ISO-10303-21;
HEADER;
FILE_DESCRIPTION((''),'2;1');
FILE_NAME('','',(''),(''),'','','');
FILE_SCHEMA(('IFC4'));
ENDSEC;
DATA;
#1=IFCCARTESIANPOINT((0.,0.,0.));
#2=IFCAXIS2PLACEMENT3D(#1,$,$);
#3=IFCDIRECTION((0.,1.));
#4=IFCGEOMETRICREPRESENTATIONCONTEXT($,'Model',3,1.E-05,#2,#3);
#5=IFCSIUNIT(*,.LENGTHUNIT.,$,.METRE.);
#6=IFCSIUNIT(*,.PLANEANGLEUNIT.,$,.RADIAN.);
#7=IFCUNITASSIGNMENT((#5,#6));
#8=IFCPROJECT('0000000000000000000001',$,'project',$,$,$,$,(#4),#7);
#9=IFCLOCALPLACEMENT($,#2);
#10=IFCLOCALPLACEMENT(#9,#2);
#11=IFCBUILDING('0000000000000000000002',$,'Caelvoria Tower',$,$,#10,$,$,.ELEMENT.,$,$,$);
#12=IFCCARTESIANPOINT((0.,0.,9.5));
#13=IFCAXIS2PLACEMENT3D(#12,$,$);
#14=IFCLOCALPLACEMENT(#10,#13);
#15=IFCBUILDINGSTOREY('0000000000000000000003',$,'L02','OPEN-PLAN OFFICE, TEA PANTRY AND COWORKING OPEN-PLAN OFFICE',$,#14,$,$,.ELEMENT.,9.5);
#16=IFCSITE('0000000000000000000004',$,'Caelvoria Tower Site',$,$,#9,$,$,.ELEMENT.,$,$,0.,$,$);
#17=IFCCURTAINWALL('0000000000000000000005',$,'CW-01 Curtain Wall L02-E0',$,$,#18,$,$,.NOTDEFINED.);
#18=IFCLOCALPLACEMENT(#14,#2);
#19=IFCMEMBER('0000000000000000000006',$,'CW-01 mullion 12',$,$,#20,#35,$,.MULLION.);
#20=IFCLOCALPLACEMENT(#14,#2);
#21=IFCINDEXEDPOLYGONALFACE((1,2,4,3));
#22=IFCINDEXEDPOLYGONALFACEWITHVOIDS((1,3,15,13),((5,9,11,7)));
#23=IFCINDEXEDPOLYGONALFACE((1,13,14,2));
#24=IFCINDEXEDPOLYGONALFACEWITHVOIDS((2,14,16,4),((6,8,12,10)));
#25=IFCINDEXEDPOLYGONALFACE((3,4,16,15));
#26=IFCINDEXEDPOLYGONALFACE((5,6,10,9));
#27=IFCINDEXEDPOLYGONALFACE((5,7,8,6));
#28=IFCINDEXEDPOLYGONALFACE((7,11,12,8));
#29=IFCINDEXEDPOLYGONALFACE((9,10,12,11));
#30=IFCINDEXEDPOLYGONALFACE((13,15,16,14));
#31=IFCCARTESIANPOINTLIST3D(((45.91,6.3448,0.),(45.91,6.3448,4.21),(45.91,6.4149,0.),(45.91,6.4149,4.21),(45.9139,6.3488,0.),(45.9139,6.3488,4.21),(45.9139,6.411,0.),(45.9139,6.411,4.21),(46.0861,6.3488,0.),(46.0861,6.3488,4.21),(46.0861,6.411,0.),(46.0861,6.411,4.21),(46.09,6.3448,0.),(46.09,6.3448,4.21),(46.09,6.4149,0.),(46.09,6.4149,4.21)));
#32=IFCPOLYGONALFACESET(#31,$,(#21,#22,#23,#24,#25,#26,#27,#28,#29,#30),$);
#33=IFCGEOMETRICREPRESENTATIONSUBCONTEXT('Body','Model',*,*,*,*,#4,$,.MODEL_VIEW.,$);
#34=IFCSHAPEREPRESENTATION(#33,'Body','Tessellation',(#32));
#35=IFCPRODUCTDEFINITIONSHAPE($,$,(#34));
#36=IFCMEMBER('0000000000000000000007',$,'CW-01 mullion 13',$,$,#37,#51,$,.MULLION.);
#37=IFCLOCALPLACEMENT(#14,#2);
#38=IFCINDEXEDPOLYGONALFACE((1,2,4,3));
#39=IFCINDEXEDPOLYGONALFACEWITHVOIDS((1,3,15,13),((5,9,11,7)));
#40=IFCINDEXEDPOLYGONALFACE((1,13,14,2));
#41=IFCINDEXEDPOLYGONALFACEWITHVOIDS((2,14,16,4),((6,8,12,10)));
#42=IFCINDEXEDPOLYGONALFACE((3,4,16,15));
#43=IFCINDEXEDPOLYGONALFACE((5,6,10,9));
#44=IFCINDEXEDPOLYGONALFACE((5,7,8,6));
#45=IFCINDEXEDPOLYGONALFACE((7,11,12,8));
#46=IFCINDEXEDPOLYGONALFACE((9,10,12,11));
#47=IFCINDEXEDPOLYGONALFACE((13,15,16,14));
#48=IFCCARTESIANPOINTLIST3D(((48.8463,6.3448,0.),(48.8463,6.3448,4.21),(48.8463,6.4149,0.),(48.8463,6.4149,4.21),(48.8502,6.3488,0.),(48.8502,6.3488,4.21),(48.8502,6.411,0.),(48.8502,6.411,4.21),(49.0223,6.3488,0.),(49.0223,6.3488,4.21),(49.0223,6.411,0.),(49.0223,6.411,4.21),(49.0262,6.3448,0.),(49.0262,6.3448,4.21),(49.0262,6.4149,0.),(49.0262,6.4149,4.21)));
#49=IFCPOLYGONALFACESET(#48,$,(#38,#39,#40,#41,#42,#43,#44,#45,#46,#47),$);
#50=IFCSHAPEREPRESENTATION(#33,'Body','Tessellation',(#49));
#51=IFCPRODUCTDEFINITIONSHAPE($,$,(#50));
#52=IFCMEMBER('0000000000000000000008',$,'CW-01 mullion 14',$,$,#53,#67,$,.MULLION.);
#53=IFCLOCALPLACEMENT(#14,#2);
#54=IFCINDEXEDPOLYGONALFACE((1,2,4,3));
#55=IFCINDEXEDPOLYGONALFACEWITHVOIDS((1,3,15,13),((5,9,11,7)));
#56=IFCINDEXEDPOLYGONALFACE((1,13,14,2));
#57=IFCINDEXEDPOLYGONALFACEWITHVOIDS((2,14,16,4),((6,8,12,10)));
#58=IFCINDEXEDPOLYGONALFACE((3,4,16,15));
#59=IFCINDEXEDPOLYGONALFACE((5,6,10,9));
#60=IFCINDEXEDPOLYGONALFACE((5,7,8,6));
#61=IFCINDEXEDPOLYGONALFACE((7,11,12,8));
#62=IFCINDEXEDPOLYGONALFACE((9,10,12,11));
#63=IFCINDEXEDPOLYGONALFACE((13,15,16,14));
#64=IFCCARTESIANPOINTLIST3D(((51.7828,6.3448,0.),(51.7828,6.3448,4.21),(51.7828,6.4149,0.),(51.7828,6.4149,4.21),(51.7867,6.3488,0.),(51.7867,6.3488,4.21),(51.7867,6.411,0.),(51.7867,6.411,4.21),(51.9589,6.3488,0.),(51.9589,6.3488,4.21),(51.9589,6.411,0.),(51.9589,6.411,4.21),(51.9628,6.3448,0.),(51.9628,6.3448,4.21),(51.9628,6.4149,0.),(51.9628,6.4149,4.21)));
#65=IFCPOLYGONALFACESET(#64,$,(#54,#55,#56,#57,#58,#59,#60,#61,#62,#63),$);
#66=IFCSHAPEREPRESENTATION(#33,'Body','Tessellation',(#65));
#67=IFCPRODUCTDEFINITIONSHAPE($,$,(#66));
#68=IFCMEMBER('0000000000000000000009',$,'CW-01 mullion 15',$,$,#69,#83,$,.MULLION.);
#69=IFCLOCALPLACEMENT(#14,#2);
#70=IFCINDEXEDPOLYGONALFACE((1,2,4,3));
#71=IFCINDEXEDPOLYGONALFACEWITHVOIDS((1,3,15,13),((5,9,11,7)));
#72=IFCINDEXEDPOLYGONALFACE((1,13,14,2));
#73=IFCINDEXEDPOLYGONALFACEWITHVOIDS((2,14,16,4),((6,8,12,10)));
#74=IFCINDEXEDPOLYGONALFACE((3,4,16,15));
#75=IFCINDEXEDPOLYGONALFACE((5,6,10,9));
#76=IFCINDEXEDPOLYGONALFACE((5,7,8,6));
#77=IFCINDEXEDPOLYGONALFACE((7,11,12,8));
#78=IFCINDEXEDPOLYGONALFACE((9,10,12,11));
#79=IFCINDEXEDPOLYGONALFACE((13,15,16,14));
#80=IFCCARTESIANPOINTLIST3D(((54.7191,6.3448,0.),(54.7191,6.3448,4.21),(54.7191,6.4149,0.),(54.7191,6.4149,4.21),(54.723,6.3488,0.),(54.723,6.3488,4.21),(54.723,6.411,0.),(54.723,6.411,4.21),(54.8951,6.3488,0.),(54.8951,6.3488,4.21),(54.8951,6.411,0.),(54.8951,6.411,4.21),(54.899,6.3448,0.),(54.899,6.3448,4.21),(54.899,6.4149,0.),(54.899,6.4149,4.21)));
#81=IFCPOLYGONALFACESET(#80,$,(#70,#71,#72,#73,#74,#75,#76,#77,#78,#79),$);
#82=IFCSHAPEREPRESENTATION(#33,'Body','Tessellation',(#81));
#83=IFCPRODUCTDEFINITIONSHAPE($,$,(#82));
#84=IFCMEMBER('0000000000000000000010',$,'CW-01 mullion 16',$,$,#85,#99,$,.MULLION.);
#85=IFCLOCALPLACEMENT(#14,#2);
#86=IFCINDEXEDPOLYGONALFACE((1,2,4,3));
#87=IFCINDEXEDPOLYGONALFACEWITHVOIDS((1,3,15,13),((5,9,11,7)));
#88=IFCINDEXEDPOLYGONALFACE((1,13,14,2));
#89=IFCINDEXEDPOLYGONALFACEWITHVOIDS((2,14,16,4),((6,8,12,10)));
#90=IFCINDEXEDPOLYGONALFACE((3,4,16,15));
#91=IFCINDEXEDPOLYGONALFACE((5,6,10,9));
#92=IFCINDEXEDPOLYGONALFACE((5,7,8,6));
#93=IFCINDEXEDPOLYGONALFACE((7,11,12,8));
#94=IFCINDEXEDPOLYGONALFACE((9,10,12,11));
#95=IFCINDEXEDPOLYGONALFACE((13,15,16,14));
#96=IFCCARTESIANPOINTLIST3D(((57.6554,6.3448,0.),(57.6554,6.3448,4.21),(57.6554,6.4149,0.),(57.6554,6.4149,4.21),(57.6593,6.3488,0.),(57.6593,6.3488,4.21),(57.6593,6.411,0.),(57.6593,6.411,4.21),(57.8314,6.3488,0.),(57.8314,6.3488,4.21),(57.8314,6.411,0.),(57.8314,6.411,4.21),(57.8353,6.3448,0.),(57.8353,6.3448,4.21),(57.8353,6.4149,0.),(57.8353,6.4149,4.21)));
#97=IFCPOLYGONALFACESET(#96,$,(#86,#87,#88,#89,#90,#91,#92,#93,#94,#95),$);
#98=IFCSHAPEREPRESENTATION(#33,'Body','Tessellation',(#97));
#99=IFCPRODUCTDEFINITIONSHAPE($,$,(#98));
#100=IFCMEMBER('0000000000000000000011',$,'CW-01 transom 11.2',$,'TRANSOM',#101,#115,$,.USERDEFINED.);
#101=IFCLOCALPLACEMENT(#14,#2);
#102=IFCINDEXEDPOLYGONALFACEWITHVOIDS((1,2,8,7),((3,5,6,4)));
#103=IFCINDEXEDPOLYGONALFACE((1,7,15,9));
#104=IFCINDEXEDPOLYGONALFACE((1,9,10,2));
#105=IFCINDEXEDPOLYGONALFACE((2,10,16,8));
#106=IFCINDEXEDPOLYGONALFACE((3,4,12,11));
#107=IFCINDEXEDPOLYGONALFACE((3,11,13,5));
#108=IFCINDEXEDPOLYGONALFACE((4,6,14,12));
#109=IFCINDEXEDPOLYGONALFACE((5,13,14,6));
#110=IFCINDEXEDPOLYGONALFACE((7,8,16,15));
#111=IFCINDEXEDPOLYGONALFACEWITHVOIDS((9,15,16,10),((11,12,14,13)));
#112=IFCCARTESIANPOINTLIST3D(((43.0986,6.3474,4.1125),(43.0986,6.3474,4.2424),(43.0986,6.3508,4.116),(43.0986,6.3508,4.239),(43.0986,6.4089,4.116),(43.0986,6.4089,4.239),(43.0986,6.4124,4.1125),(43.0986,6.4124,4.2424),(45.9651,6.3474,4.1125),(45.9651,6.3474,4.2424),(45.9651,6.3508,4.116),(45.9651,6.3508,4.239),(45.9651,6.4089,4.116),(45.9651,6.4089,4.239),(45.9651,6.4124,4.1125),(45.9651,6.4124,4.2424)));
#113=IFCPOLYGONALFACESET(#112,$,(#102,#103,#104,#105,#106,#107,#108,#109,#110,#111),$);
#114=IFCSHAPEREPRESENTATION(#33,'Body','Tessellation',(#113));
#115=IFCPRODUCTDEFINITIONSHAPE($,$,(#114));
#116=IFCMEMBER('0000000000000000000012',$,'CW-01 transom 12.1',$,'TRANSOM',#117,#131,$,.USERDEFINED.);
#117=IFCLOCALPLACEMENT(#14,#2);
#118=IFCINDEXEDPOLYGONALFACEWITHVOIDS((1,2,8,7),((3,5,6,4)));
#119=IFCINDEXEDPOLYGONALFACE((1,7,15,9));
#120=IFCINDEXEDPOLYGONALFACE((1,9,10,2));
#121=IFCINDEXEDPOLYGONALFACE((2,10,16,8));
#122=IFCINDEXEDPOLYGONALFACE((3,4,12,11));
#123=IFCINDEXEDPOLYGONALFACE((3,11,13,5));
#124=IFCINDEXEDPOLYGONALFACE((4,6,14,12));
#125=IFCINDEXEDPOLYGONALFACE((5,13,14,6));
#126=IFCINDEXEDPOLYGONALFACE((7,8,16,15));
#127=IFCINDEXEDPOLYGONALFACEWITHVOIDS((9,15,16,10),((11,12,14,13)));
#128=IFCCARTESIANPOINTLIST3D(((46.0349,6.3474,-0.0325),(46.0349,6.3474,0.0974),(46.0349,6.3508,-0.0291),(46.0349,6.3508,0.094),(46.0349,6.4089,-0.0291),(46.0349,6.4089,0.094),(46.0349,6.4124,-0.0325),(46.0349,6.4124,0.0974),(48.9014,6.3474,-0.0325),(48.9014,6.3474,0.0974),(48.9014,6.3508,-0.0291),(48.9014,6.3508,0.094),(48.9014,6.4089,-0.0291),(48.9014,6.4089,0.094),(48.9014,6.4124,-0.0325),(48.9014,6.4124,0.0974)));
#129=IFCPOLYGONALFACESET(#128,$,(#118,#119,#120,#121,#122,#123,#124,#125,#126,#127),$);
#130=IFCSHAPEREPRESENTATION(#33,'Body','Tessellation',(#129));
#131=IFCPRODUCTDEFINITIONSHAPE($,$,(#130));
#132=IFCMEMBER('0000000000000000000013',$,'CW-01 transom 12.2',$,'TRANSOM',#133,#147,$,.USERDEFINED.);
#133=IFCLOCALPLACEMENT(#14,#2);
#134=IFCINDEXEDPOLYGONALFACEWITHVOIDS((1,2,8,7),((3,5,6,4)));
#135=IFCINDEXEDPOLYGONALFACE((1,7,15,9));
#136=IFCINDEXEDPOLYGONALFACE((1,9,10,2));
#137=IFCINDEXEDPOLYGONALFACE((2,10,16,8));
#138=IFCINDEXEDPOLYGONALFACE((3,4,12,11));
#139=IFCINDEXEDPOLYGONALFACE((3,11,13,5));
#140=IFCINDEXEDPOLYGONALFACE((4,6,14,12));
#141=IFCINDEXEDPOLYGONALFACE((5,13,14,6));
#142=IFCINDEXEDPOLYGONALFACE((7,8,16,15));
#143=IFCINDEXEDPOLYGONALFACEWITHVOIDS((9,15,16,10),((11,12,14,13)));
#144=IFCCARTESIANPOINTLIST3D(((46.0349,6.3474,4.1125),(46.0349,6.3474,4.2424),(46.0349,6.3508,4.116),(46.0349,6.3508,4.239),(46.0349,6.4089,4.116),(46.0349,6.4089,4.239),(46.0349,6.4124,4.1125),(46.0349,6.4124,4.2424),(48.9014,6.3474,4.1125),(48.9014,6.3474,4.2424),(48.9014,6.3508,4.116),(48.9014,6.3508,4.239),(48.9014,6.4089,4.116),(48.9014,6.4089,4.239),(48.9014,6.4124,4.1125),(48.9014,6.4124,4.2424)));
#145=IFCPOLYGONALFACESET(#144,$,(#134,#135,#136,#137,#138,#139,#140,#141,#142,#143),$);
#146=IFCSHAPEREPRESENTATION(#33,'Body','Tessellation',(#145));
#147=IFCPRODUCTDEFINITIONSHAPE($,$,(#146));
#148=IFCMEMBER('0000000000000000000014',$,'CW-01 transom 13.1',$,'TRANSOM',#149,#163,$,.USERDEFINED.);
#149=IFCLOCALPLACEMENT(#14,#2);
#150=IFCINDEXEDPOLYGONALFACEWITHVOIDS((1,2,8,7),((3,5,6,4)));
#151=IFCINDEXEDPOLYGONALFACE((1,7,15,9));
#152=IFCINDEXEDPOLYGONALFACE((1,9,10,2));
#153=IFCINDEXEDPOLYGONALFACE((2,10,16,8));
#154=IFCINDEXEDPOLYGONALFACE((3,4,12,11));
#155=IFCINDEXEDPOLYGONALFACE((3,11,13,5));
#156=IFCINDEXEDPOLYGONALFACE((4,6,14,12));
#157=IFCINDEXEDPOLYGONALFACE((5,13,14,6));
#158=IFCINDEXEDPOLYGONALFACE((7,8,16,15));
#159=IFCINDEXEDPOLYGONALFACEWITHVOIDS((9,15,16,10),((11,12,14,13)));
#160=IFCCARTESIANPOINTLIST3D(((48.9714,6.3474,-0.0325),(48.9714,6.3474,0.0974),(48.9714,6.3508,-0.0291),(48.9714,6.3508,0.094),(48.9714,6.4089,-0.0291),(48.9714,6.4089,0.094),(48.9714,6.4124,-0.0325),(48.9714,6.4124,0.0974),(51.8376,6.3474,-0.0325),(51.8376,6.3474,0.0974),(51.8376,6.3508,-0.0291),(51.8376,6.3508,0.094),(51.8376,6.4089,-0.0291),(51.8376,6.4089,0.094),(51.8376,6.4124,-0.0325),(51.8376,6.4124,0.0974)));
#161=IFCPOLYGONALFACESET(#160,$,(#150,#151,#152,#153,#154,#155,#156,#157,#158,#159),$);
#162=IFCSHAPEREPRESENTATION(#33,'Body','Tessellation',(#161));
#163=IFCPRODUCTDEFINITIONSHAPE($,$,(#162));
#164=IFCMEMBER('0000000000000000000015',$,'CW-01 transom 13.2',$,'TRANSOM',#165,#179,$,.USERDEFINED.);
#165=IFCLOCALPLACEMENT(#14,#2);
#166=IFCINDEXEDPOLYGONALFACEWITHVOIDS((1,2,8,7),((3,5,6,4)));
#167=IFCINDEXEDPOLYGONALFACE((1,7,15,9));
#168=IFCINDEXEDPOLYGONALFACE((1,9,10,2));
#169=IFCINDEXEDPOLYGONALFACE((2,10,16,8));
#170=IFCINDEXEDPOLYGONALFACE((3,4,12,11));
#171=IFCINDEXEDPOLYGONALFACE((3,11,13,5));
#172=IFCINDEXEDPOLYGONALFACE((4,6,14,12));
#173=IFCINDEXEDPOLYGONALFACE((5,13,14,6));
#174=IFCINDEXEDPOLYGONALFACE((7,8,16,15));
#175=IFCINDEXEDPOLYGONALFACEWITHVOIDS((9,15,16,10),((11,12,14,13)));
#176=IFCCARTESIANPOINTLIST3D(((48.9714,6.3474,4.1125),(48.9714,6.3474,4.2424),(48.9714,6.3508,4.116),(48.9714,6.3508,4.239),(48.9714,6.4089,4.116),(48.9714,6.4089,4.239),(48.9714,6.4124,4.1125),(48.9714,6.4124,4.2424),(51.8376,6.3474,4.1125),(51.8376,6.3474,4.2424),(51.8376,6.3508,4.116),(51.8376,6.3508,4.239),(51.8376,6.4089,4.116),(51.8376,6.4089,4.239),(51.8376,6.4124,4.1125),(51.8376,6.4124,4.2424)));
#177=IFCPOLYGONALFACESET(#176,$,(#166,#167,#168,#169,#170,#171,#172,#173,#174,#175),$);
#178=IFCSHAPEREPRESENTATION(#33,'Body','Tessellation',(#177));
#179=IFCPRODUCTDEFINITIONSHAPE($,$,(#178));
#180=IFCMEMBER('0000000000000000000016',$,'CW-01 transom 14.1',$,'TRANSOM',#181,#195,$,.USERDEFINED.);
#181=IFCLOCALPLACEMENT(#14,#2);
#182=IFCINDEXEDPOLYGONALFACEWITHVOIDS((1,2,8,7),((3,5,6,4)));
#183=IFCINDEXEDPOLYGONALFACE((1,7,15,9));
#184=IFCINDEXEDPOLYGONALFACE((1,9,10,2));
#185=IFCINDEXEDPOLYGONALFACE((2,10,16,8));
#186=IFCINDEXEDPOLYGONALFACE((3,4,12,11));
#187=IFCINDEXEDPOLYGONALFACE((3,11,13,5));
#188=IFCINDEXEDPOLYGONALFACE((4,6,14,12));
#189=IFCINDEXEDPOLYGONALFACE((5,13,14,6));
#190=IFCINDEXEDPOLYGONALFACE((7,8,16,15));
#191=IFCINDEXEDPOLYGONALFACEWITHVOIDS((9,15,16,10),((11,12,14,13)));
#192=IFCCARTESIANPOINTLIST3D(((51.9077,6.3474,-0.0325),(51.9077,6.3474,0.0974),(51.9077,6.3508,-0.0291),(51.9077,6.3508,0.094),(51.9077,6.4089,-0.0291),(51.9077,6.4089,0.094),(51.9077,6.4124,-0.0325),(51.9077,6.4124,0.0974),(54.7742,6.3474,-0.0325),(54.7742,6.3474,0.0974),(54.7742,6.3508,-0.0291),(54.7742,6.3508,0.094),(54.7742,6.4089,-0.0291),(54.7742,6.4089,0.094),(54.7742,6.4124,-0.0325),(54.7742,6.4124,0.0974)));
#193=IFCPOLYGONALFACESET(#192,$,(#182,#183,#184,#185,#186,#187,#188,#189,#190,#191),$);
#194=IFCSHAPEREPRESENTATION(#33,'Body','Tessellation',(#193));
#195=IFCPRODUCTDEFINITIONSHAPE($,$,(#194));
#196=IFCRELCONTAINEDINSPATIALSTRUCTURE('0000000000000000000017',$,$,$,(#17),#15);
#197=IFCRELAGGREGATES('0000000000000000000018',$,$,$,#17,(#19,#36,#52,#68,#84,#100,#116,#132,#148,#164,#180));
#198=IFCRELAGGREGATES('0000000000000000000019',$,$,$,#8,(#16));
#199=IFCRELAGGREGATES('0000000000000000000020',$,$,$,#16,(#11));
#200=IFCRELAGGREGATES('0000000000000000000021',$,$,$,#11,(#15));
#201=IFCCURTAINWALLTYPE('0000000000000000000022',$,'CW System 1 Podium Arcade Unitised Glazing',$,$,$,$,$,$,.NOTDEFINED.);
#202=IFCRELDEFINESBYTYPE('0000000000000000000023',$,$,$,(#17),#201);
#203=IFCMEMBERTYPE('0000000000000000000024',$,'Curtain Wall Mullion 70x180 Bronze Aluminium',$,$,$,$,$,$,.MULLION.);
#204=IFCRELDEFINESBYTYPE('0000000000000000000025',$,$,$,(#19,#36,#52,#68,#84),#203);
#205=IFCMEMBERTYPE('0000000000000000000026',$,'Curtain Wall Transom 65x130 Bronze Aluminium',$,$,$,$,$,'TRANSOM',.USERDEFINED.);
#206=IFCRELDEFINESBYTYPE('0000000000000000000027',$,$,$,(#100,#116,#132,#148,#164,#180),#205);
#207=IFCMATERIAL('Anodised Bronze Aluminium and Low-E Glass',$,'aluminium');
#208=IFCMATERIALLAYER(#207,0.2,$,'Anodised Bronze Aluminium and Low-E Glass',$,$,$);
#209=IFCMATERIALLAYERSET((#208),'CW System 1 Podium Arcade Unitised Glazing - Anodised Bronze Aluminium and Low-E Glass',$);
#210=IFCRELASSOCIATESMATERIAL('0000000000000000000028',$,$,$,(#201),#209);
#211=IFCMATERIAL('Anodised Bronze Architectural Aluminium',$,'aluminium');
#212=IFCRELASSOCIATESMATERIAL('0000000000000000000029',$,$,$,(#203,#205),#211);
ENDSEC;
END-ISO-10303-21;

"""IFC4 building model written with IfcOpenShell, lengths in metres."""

from ifc_helpers import new_model, si_unit, direction, frame, origin, origin_2d, place, context, subcontext, project, spatial, hollow_rectangle, extrude, material, layer, layer_set, material_profile, profile_set, type_object, element, aggregate, save


model = new_model("IFC4")

# Units and contexts
model_context = context("Model", 3, precision=1e-05, world=origin(), true_north=direction((0.0, 1.0)))
body_context = subcontext(model_context, "Body", "Model", "MODEL_VIEW")
ifc_project = project(units=[si_unit("LENGTHUNIT", "METRE"), si_unit("PLANEANGLEUNIT", "RADIAN")], contexts=[model_context])

# Site, building, storey
site_placement = place(None, origin())
site = spatial("IfcSite", under=ifc_project, at=site_placement, Name="Caelvoria Tower Site", CompositionType="ELEMENT", RefElevation=0.0)
building_placement = place(site_placement, origin())
building = spatial("IfcBuilding", under=site, at=building_placement, Name="Caelvoria Tower", CompositionType="ELEMENT")
storey_placement = place(building_placement, frame((0.0, 0.0, 9.5)))
storey = spatial("IfcBuildingStorey", under=building, at=storey_placement, Name="L02", Description="OPEN-PLAN OFFICE, TEA PANTRY AND COWORKING OPEN-PLAN OFFICE", CompositionType="ELEMENT", Elevation=9.5)

# Curtain wall, members
ifc_material_1 = material(Name="Anodised Bronze Aluminium and Low-E Glass", Category="aluminium")
ifc_layer_1 = layer(ifc_material_1, 0.2, Name="Anodised Bronze Aluminium and Low-E Glass")
ifc_layer_set_1 = layer_set([ifc_layer_1], Name="CW System 1 Podium Arcade Unitised Glazing - Anodised Bronze Aluminium and Low-E Glass")
curtain_wall_type = type_object("IfcCurtainWallType", Name="CW System 1 Podium Arcade Unitised Glazing", PredefinedType="NOTDEFINED", material=ifc_layer_set_1)
curtain_wall_placement = place(storey_placement, origin())
curtain_wall = element("IfcCurtainWall", 1, at=curtain_wall_placement, inside=storey, type_object=curtain_wall_type, Name="CW-01 Curtain Wall L02-E0", PredefinedType="NOTDEFINED")
ifc_material_2 = material(Name="Anodised Bronze Architectural Aluminium", Category="aluminium")
ifc_material_profile_1 = material_profile(ifc_material_2, hollow_rectangle(XDim=0.0701, YDim=0.1799, WallThickness=0.0039, at=origin_2d()), Name="Anodised Bronze Architectural Aluminium")
ifc_profile_set_1 = profile_set([ifc_material_profile_1], Name="CW_MULL_70X180 - Anodised Bronze Architectural Aluminium")
member_type_1 = type_object("IfcMemberType", Name="Curtain Wall Mullion 70x180 Bronze Aluminium", PredefinedType="MULLION", material=ifc_profile_set_1)
member_1_placement = place(storey_placement, frame((46.0, 6.3799, 0.0), z_axis=(0.0, 0.0, 1.0), x_axis=(0.0, 1.0, 0.0)))
member_1 = element("IfcMember", 2, at=member_1_placement, type_object=member_type_1, Name="CW-01 mullion 12", PredefinedType="MULLION", context=body_context, shape_type="SweptSolid", body=[
    extrude(hollow_rectangle(XDim=0.0701, YDim=0.1799, WallThickness=0.0039, at=origin_2d()), origin(), (0.0, 0.0, 1.0), 4.21),
])
member_2_placement = place(storey_placement, frame((48.9363, 6.3799, 0.0), z_axis=(0.0, 0.0, 1.0), x_axis=(0.0, 1.0, 0.0)))
member_2 = element("IfcMember", 3, at=member_2_placement, type_object=member_type_1, Name="CW-01 mullion 13", PredefinedType="MULLION", context=body_context, shape_type="SweptSolid", body=[
    extrude(hollow_rectangle(XDim=0.0701, YDim=0.1799, WallThickness=0.0039, at=origin_2d()), origin(), (0.0, 0.0, 1.0), 4.21),
])
member_3_placement = place(storey_placement, frame((51.8728, 6.3799, 0.0), z_axis=(0.0, 0.0, 1.0), x_axis=(0.0, 1.0, 0.0)))
member_3 = element("IfcMember", 4, at=member_3_placement, type_object=member_type_1, Name="CW-01 mullion 14", PredefinedType="MULLION", context=body_context, shape_type="SweptSolid", body=[
    extrude(hollow_rectangle(XDim=0.0701, YDim=0.1799, WallThickness=0.0039, at=origin_2d()), origin(), (0.0, 0.0, 1.0), 4.21),
])
member_4_placement = place(storey_placement, frame((54.8091, 6.3799, 0.0), z_axis=(0.0, 0.0, 1.0), x_axis=(0.0, 1.0, 0.0)))
member_4 = element("IfcMember", 5, at=member_4_placement, type_object=member_type_1, Name="CW-01 mullion 15", PredefinedType="MULLION", context=body_context, shape_type="SweptSolid", body=[
    extrude(hollow_rectangle(XDim=0.0701, YDim=0.1799, WallThickness=0.0039, at=origin_2d()), origin(), (0.0, 0.0, 1.0), 4.21),
])
member_5_placement = place(storey_placement, frame((57.7454, 6.3799, 0.0), z_axis=(0.0, 0.0, 1.0), x_axis=(0.0, 1.0, 0.0)))
member_5 = element("IfcMember", 6, at=member_5_placement, type_object=member_type_1, Name="CW-01 mullion 16", PredefinedType="MULLION", context=body_context, shape_type="SweptSolid", body=[
    extrude(hollow_rectangle(XDim=0.0701, YDim=0.1799, WallThickness=0.0039, at=origin_2d()), origin(), (0.0, 0.0, 1.0), 4.21),
])
ifc_material_profile_2 = material_profile(ifc_material_2, hollow_rectangle(XDim=0.0649, YDim=0.1299, WallThickness=0.0034, at=origin_2d()), Name="Anodised Bronze Architectural Aluminium")
ifc_profile_set_2 = profile_set([ifc_material_profile_2], Name="CW_TRAN_65X130 - Anodised Bronze Architectural Aluminium")
member_type_2 = type_object("IfcMemberType", Name="Curtain Wall Transom 65x130 Bronze Aluminium", ElementType="TRANSOM", PredefinedType="USERDEFINED", material=ifc_profile_set_2)
member_6_placement = place(storey_placement, frame((43.0986, 6.3799, 4.1775), z_axis=(1.0, 0.0, 0.0), x_axis=(0.0, 1.0, 0.0)))
member_6 = element("IfcMember", 7, at=member_6_placement, type_object=member_type_2, Name="CW-01 transom 11.2", ObjectType="TRANSOM", PredefinedType="USERDEFINED", context=body_context, shape_type="SweptSolid", body=[
    extrude(hollow_rectangle(XDim=0.0649, YDim=0.1299, WallThickness=0.0034, at=origin_2d()), origin(), (0.0, 0.0, 1.0), 2.8665),
])
member_7_placement = place(storey_placement, frame((46.0349, 6.3799, 0.0325), z_axis=(1.0, 0.0, 0.0), x_axis=(0.0, 1.0, 0.0)))
member_7 = element("IfcMember", 8, at=member_7_placement, type_object=member_type_2, Name="CW-01 transom 12.1", ObjectType="TRANSOM", PredefinedType="USERDEFINED", context=body_context, shape_type="SweptSolid", body=[
    extrude(hollow_rectangle(XDim=0.0649, YDim=0.1299, WallThickness=0.0034, at=origin_2d()), origin(), (0.0, 0.0, 1.0), 2.8665),
])
member_8_placement = place(storey_placement, frame((46.0349, 6.3799, 4.1775), z_axis=(1.0, 0.0, 0.0), x_axis=(0.0, 1.0, 0.0)))
member_8 = element("IfcMember", 9, at=member_8_placement, type_object=member_type_2, Name="CW-01 transom 12.2", ObjectType="TRANSOM", PredefinedType="USERDEFINED", context=body_context, shape_type="SweptSolid", body=[
    extrude(hollow_rectangle(XDim=0.0649, YDim=0.1299, WallThickness=0.0034, at=origin_2d()), origin(), (0.0, 0.0, 1.0), 2.8665),
])
member_9_placement = place(storey_placement, frame((48.9714, 6.3799, 0.0325), z_axis=(1.0, 0.0, 0.0), x_axis=(0.0, 1.0, 0.0)))
member_9 = element("IfcMember", 10, at=member_9_placement, type_object=member_type_2, Name="CW-01 transom 13.1", ObjectType="TRANSOM", PredefinedType="USERDEFINED", context=body_context, shape_type="SweptSolid", body=[
    extrude(hollow_rectangle(XDim=0.0649, YDim=0.1299, WallThickness=0.0034, at=origin_2d()), origin(), (0.0, 0.0, 1.0), 2.8662),
])
member_10_placement = place(storey_placement, frame((48.9714, 6.3799, 4.1775), z_axis=(1.0, 0.0, 0.0), x_axis=(0.0, 1.0, 0.0)))
member_10 = element("IfcMember", 11, at=member_10_placement, type_object=member_type_2, Name="CW-01 transom 13.2", ObjectType="TRANSOM", PredefinedType="USERDEFINED", context=body_context, shape_type="SweptSolid", body=[
    extrude(hollow_rectangle(XDim=0.0649, YDim=0.1299, WallThickness=0.0034, at=origin_2d()), origin(), (0.0, 0.0, 1.0), 2.8662),
])
member_11_placement = place(storey_placement, frame((51.9077, 6.3799, 0.0325), z_axis=(1.0, 0.0, 0.0), x_axis=(0.0, 1.0, 0.0)))
member_11 = element("IfcMember", 12, at=member_11_placement, type_object=member_type_2, Name="CW-01 transom 14.1", ObjectType="TRANSOM", PredefinedType="USERDEFINED", context=body_context, shape_type="SweptSolid", body=[
    extrude(hollow_rectangle(XDim=0.0649, YDim=0.1299, WallThickness=0.0034, at=origin_2d()), origin(), (0.0, 0.0, 1.0), 2.8665),
])
aggregate(curtain_wall, [member_1, member_2, member_3, member_4, member_5, member_6, member_7, member_8, member_9, member_10, member_11])

save(model, "model.ifc")
